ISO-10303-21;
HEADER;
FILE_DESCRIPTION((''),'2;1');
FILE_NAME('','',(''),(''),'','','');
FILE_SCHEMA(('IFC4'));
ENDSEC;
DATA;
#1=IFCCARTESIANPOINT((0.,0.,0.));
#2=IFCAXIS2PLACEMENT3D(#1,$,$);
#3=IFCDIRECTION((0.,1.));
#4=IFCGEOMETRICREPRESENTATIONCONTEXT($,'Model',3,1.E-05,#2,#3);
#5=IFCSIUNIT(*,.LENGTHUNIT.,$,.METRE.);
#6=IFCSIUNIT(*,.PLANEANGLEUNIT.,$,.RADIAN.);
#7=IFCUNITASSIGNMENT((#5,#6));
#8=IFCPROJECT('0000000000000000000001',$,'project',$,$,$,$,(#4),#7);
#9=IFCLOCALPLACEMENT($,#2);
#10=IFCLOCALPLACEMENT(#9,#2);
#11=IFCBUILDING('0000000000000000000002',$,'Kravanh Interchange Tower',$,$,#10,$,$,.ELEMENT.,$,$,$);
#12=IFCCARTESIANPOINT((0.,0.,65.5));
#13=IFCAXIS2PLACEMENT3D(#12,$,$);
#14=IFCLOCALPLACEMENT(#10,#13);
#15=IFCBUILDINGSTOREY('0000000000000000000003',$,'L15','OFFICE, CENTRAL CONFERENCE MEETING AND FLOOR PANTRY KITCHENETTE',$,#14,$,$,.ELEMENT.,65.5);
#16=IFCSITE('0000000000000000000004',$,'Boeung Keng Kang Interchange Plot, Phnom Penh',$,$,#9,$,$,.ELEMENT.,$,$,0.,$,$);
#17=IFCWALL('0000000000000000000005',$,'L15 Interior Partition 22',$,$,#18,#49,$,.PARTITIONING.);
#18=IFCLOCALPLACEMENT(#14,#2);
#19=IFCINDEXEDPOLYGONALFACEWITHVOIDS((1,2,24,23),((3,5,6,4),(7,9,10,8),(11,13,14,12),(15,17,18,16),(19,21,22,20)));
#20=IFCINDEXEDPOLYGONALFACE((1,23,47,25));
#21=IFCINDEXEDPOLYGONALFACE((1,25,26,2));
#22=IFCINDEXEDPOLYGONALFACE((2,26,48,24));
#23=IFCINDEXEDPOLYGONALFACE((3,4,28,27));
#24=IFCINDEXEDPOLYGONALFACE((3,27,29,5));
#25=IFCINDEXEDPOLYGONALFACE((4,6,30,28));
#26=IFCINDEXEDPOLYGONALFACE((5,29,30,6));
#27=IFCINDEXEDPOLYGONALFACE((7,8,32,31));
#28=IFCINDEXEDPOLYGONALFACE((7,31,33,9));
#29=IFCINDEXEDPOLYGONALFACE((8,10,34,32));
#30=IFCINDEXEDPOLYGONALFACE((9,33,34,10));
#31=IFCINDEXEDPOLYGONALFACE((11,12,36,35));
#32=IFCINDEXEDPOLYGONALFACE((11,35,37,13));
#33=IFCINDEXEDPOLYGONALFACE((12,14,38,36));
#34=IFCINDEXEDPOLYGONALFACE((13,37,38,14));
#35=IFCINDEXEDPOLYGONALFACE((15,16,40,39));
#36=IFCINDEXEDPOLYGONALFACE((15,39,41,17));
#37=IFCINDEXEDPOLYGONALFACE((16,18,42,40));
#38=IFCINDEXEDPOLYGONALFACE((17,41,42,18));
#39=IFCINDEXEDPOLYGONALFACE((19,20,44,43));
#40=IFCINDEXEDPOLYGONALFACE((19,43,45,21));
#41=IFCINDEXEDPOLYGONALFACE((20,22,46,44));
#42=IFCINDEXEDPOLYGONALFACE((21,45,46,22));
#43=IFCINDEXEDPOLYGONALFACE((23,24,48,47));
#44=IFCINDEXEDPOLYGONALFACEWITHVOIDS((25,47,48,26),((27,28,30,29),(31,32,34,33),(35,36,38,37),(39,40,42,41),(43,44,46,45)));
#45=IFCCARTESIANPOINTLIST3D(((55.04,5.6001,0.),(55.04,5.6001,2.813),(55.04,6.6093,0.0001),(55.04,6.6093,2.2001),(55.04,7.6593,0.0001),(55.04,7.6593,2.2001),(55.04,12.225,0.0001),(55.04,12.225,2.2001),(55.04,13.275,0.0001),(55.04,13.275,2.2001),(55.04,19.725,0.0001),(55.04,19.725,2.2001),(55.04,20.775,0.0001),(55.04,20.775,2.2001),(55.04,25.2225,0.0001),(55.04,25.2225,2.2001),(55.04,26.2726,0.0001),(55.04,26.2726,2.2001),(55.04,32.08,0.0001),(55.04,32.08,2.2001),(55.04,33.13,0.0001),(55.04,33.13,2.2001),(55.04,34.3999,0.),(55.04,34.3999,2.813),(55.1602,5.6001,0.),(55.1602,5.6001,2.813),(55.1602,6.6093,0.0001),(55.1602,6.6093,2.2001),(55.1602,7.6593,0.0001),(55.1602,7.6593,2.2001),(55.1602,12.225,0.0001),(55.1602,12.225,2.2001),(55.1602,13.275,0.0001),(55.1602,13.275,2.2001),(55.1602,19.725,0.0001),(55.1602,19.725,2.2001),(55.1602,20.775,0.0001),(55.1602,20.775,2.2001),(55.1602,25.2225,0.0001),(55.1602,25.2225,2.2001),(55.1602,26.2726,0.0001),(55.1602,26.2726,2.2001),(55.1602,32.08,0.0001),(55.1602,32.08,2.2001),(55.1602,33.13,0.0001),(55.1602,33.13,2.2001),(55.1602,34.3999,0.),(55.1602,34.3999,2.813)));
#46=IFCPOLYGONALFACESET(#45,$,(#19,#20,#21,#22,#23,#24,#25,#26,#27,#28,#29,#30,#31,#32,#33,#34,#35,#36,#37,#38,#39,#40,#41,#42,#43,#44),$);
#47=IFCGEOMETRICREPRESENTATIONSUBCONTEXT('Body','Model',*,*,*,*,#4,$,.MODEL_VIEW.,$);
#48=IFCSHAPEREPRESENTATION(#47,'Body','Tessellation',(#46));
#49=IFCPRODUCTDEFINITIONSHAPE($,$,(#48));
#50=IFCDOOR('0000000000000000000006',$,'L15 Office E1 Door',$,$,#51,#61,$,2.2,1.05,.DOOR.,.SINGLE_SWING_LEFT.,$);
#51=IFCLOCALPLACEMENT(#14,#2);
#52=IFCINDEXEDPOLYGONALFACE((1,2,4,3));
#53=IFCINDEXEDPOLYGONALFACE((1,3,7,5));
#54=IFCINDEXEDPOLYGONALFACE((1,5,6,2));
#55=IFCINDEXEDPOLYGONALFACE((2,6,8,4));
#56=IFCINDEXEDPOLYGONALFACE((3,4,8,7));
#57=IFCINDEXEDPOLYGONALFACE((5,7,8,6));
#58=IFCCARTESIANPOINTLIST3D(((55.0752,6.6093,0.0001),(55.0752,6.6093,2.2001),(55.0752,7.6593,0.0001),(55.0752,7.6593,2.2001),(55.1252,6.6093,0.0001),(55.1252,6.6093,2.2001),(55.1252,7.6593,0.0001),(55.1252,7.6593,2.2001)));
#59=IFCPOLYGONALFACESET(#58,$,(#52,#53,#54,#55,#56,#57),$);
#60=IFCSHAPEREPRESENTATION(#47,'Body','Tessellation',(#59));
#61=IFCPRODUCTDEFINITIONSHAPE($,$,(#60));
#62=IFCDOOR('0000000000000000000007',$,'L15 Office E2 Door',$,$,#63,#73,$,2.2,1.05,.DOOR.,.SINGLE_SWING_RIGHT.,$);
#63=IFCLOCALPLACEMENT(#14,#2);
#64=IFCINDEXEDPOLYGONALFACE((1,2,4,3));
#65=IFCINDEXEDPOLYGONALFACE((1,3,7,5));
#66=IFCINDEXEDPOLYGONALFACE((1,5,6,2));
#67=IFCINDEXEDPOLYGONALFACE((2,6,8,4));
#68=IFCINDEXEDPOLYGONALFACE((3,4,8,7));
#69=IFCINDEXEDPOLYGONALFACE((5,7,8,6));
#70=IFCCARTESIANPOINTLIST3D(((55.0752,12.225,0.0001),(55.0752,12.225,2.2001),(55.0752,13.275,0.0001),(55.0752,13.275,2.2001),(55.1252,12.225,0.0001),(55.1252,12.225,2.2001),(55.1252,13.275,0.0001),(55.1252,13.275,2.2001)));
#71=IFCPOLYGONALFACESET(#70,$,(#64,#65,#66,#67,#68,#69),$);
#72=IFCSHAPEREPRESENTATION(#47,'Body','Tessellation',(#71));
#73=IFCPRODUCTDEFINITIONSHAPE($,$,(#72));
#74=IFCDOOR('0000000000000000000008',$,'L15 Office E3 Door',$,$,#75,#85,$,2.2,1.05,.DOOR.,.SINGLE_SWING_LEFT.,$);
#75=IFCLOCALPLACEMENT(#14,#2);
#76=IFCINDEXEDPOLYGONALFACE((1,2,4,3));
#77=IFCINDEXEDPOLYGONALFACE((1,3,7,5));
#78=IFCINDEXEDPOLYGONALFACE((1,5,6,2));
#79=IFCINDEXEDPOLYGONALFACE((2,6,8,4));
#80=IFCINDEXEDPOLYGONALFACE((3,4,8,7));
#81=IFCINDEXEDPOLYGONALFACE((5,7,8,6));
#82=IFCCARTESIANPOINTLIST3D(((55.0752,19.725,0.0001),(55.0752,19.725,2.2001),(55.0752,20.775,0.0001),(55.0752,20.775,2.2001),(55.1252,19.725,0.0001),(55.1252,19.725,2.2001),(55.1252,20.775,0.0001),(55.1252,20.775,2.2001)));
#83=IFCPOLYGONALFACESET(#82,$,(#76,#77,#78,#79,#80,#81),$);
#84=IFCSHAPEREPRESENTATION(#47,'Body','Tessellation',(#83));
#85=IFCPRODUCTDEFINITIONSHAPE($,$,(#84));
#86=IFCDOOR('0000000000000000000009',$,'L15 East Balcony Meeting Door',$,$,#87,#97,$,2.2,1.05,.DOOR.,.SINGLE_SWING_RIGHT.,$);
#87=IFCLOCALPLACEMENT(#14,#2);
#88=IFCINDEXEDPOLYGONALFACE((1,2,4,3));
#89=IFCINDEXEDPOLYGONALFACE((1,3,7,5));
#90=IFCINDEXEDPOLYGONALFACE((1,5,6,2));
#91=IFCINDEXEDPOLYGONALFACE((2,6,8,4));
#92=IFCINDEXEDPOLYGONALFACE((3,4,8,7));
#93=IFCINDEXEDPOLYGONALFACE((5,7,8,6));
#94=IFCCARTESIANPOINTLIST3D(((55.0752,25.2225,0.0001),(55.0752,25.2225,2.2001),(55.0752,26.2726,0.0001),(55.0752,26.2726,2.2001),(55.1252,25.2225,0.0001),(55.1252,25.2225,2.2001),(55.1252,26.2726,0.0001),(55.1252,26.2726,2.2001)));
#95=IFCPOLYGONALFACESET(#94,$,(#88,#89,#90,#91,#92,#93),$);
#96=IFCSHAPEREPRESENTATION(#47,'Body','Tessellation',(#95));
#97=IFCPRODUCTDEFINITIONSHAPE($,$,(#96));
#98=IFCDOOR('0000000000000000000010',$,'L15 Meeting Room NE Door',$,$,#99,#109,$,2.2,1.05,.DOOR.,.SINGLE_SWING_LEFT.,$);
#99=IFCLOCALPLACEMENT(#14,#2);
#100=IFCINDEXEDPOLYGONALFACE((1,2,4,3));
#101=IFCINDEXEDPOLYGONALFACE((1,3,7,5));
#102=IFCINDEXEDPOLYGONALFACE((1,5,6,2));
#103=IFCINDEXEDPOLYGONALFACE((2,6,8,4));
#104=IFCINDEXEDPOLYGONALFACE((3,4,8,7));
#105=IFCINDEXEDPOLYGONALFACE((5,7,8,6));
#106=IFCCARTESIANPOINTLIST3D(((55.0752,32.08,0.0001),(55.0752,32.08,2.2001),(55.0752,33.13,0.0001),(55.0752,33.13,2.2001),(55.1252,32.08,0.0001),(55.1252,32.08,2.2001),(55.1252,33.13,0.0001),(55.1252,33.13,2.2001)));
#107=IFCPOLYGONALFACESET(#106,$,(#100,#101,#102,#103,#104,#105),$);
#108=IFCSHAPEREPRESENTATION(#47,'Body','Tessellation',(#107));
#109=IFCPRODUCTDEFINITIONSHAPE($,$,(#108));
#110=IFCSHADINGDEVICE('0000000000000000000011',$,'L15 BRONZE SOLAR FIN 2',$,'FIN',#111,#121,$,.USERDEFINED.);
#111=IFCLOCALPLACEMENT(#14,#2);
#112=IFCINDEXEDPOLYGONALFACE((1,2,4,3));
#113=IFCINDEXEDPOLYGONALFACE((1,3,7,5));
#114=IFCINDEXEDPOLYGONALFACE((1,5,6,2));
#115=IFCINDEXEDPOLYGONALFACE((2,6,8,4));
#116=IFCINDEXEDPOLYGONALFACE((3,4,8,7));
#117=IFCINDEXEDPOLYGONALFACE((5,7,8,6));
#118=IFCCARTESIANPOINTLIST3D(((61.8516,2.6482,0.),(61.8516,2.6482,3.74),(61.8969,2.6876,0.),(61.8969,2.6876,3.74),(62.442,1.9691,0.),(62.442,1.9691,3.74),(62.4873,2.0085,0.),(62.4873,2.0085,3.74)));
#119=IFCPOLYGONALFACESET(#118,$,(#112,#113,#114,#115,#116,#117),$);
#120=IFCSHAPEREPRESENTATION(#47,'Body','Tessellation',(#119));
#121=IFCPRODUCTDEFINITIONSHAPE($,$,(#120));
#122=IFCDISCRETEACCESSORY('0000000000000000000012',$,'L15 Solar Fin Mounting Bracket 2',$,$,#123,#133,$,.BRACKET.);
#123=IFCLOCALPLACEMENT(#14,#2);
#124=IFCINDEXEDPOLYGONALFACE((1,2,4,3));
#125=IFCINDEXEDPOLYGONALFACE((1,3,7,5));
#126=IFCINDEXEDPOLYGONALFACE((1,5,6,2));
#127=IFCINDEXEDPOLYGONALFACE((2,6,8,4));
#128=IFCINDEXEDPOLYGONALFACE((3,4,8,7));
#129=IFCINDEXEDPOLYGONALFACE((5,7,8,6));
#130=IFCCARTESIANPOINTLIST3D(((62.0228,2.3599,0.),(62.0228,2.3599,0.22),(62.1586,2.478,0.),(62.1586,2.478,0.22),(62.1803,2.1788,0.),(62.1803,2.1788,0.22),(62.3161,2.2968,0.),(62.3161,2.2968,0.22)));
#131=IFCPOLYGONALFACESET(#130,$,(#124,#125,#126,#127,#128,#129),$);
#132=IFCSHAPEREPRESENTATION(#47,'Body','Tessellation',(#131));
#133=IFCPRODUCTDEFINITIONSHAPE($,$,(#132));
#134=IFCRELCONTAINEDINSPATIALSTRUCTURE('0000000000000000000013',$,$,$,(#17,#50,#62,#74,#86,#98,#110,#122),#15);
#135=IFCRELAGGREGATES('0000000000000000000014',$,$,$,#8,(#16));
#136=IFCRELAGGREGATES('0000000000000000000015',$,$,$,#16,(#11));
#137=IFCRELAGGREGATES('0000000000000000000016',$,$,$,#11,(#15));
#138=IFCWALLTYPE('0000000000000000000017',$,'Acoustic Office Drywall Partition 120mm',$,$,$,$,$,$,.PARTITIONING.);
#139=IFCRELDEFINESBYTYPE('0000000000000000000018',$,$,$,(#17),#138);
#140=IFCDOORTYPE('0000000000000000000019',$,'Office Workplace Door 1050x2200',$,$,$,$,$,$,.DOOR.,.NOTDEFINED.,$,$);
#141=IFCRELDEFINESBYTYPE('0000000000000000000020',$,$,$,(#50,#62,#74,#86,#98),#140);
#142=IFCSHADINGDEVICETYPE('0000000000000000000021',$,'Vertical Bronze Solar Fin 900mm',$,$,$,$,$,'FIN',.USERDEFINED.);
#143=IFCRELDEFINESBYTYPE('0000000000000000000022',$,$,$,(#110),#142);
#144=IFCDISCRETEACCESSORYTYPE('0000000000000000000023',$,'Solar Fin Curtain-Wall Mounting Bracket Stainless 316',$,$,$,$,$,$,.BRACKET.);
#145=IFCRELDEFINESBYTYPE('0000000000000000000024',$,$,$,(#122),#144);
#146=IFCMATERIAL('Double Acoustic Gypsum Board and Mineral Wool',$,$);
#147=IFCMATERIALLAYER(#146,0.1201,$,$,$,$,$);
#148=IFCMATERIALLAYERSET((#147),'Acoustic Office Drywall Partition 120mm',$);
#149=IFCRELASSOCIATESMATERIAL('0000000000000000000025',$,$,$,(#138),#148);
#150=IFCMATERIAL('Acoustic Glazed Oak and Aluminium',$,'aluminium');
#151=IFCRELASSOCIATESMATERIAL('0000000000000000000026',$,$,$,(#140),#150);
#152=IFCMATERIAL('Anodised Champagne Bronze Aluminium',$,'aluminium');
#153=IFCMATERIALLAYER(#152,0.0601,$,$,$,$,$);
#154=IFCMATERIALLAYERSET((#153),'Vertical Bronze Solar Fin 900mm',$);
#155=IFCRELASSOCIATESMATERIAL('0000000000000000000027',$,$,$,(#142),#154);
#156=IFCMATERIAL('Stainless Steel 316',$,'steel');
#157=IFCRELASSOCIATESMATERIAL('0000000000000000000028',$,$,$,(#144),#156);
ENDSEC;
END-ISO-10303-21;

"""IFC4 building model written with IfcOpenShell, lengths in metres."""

from ifc_helpers import new_model, si_unit, direction, frame, frame_2d, origin, origin_2d, place, context, subcontext, project, spatial, rectangle, extrude, material, layer, layer_set, type_object, element, fill, save


model = new_model("IFC4")

# Units and contexts
model_context = context("Model", 3, precision=1e-05, world=origin(), true_north=direction((0.0, 1.0)))
body_context = subcontext(model_context, "Body", "Model", "MODEL_VIEW")
ifc_project = project(units=[si_unit("LENGTHUNIT", "METRE"), si_unit("PLANEANGLEUNIT", "RADIAN")], contexts=[model_context])

# Site, building, storey
site_placement = place(None, origin())
site = spatial("IfcSite", under=ifc_project, at=site_placement, Name="Boeung Keng Kang Interchange Plot, Phnom Penh", CompositionType="ELEMENT", RefElevation=0.0)
building_placement = place(site_placement, origin())
building = spatial("IfcBuilding", under=site, at=building_placement, Name="Kravanh Interchange Tower", CompositionType="ELEMENT")
storey_placement = place(building_placement, frame((0.0, 0.0, 65.5)))
storey = spatial("IfcBuildingStorey", under=building, at=storey_placement, Name="L15", Description="OFFICE, CENTRAL CONFERENCE MEETING AND FLOOR PANTRY KITCHENETTE", CompositionType="ELEMENT", Elevation=65.5)

# Wall, openings, doors
ifc_material_1 = material(Name="Double Acoustic Gypsum Board and Mineral Wool")
ifc_layer_1 = layer(ifc_material_1, 0.1201)
ifc_layer_set_1 = layer_set([ifc_layer_1], Name="Acoustic Office Drywall Partition 120mm")
wall_type = type_object("IfcWallType", Name="Acoustic Office Drywall Partition 120mm", PredefinedType="PARTITIONING", material=ifc_layer_set_1)
wall_placement = place(storey_placement, frame((55.1001, 5.6001, 0.0), z_axis=(0.0, 0.0, 1.0), x_axis=(0.0, 1.0, 0.0)))
wall = element("IfcWall", 1, at=wall_placement, inside=storey, type_object=wall_type, Name="L15 Interior Partition 22", PredefinedType="PARTITIONING", context=body_context, shape_type="SweptSolid", body=[
    extrude(rectangle(XDim=28.7998, YDim=0.1201, at=frame_2d((14.3999, 0.0))), origin(), (0.0, 0.0, 1.0), 2.813),
])
opening_1_placement = place(wall_placement, frame((1.0093, 0.0, 0.0)))
opening_1 = element("IfcOpeningElement", 2, at=opening_1_placement, cuts=wall, PredefinedType="OPENING", context=body_context, shape_type="SweptSolid", body=[
    extrude(rectangle(XDim=1.05, YDim=2.2, at=frame_2d((0.5249, 1.1001))), frame((0.0, 0.0701, 0.0), z_axis=(0.0, -1.0, 0.0), x_axis=(1.0, 0.0, 0.0)), (0.0, 0.0, 1.0), 0.1401),
])
opening_2_placement = place(wall_placement, frame((6.625, 0.0, 0.0)))
opening_2 = element("IfcOpeningElement", 3, at=opening_2_placement, cuts=wall, PredefinedType="OPENING", context=body_context, shape_type="SweptSolid", body=[
    extrude(rectangle(XDim=1.05, YDim=2.2, at=frame_2d((0.5249, 1.1001))), frame((0.0, 0.0701, 0.0), z_axis=(0.0, -1.0, 0.0), x_axis=(1.0, 0.0, 0.0)), (0.0, 0.0, 1.0), 0.1401),
])
opening_3_placement = place(wall_placement, frame((14.125, 0.0, 0.0)))
opening_3 = element("IfcOpeningElement", 4, at=opening_3_placement, cuts=wall, PredefinedType="OPENING", context=body_context, shape_type="SweptSolid", body=[
    extrude(rectangle(XDim=1.05, YDim=2.2, at=frame_2d((0.5249, 1.1001))), frame((0.0, 0.0701, 0.0), z_axis=(0.0, -1.0, 0.0), x_axis=(1.0, 0.0, 0.0)), (0.0, 0.0, 1.0), 0.1401),
])
opening_4_placement = place(wall_placement, frame((19.6226, 0.0, 0.0)))
opening_4 = element("IfcOpeningElement", 5, at=opening_4_placement, cuts=wall, PredefinedType="OPENING", context=body_context, shape_type="SweptSolid", body=[
    extrude(rectangle(XDim=1.05, YDim=2.2, at=frame_2d((0.5249, 1.1001))), frame((0.0, 0.0701, 0.0), z_axis=(0.0, -1.0, 0.0), x_axis=(1.0, 0.0, 0.0)), (0.0, 0.0, 1.0), 0.1401),
])
opening_5_placement = place(wall_placement, frame((26.48, 0.0, 0.0)))
opening_5 = element("IfcOpeningElement", 6, at=opening_5_placement, cuts=wall, PredefinedType="OPENING", context=body_context, shape_type="SweptSolid", body=[
    extrude(rectangle(XDim=1.05, YDim=2.2, at=frame_2d((0.5249, 1.1001))), frame((0.0, 0.0701, 0.0), z_axis=(0.0, -1.0, 0.0), x_axis=(1.0, 0.0, 0.0)), (0.0, 0.0, 1.0), 0.1401),
])
ifc_material_2 = material(Name="Acoustic Glazed Oak and Aluminium", Category="aluminium")
door_type = type_object("IfcDoorType", Name="Office Workplace Door 1050x2200", OperationType="NOTDEFINED", PredefinedType="DOOR", material=ifc_material_2)
door_1_placement = place(opening_1_placement, origin())
door_1 = element("IfcDoor", 7, at=door_1_placement, inside=storey, type_object=door_type, Name="L15 Office E1 Door", OperationType="SINGLE_SWING_LEFT", OverallHeight=2.2, OverallWidth=1.05, PredefinedType="DOOR", context=body_context, shape_type="SweptSolid", body=[
    extrude(rectangle(XDim=1.05, YDim=2.2, at=frame_2d((0.5249, 1.1001))), frame((0.0, 0.0249, 0.0), z_axis=(0.0, -1.0, 0.0), x_axis=(1.0, 0.0, 0.0)), (0.0, 0.0, 1.0), 0.05),
])
fill(opening_1, door_1)
door_2_placement = place(opening_2_placement, origin())
door_2 = element("IfcDoor", 8, at=door_2_placement, inside=storey, type_object=door_type, Name="L15 Office E2 Door", OperationType="SINGLE_SWING_RIGHT", OverallHeight=2.2, OverallWidth=1.05, PredefinedType="DOOR", context=body_context, shape_type="SweptSolid", body=[
    extrude(rectangle(XDim=1.05, YDim=2.2, at=frame_2d((0.5249, 1.1001))), frame((0.0, 0.0249, 0.0), z_axis=(0.0, -1.0, 0.0), x_axis=(1.0, 0.0, 0.0)), (0.0, 0.0, 1.0), 0.05),
])
fill(opening_2, door_2)
door_3_placement = place(opening_3_placement, origin())
door_3 = element("IfcDoor", 9, at=door_3_placement, inside=storey, type_object=door_type, Name="L15 Office E3 Door", OperationType="SINGLE_SWING_LEFT", OverallHeight=2.2, OverallWidth=1.05, PredefinedType="DOOR", context=body_context, shape_type="SweptSolid", body=[
    extrude(rectangle(XDim=1.05, YDim=2.2, at=frame_2d((0.5249, 1.1001))), frame((0.0, 0.0249, 0.0), z_axis=(0.0, -1.0, 0.0), x_axis=(1.0, 0.0, 0.0)), (0.0, 0.0, 1.0), 0.05),
])
fill(opening_3, door_3)
door_4_placement = place(opening_4_placement, origin())
door_4 = element("IfcDoor", 10, at=door_4_placement, inside=storey, type_object=door_type, Name="L15 East Balcony Meeting Door", OperationType="SINGLE_SWING_RIGHT", OverallHeight=2.2, OverallWidth=1.05, PredefinedType="DOOR", context=body_context, shape_type="SweptSolid", body=[
    extrude(rectangle(XDim=1.05, YDim=2.2, at=frame_2d((0.5249, 1.1001))), frame((0.0, 0.0249, 0.0), z_axis=(0.0, -1.0, 0.0), x_axis=(1.0, 0.0, 0.0)), (0.0, 0.0, 1.0), 0.05),
])
fill(opening_4, door_4)
door_5_placement = place(opening_5_placement, origin())
door_5 = element("IfcDoor", 11, at=door_5_placement, inside=storey, type_object=door_type, Name="L15 Meeting Room NE Door", OperationType="SINGLE_SWING_LEFT", OverallHeight=2.2, OverallWidth=1.05, PredefinedType="DOOR", context=body_context, shape_type="SweptSolid", body=[
    extrude(rectangle(XDim=1.05, YDim=2.2, at=frame_2d((0.5249, 1.1001))), frame((0.0, 0.0249, 0.0), z_axis=(0.0, -1.0, 0.0), x_axis=(1.0, 0.0, 0.0)), (0.0, 0.0, 1.0), 0.05),
])
fill(opening_5, door_5)

# Shading device
ifc_material_3 = material(Name="Anodised Champagne Bronze Aluminium", Category="aluminium")
ifc_layer_2 = layer(ifc_material_3, 0.0601)
ifc_layer_set_2 = layer_set([ifc_layer_2], Name="Vertical Bronze Solar Fin 900mm")
shading_device_type = type_object("IfcShadingDeviceType", Name="Vertical Bronze Solar Fin 900mm", ElementType="FIN", PredefinedType="USERDEFINED", material=ifc_layer_set_2)
shading_device_placement = place(storey_placement, frame((62.1694, 2.3284, 0.0), z_axis=(0.0, 0.0, 1.0), x_axis=(0.656068, -0.754702, 0.0)))
element("IfcShadingDevice", 12, at=shading_device_placement, inside=storey, type_object=shading_device_type, Name="L15 BRONZE SOLAR FIN 2", ObjectType="FIN", PredefinedType="USERDEFINED", context=body_context, shape_type="SweptSolid", body=[
    extrude(rectangle(XDim=0.8999, YDim=0.0601, at=origin_2d()), origin(), (0.0, 0.0, 1.0), 3.74),
])

# Discrete accessory
ifc_material_4 = material(Name="Stainless Steel 316", Category="steel")
discrete_accessory_type = type_object("IfcDiscreteAccessoryType", Name="Solar Fin Curtain-Wall Mounting Bracket Stainless 316", PredefinedType="BRACKET", material=ifc_material_4)
discrete_accessory_placement = place(storey_placement, frame((62.1694, 2.3284, 0.0), z_axis=(0.0, 0.0, 1.0), x_axis=(0.656068, -0.754702, 0.0)))
element("IfcDiscreteAccessory", 13, at=discrete_accessory_placement, inside=storey, type_object=discrete_accessory_type, Name="L15 Solar Fin Mounting Bracket 2", PredefinedType="BRACKET", context=body_context, shape_type="SweptSolid", body=[
    extrude(rectangle(XDim=0.24, YDim=0.1799, at=origin_2d()), origin(), (0.0, 0.0, 1.0), 0.22),
])

save(model, "model.ifc")
